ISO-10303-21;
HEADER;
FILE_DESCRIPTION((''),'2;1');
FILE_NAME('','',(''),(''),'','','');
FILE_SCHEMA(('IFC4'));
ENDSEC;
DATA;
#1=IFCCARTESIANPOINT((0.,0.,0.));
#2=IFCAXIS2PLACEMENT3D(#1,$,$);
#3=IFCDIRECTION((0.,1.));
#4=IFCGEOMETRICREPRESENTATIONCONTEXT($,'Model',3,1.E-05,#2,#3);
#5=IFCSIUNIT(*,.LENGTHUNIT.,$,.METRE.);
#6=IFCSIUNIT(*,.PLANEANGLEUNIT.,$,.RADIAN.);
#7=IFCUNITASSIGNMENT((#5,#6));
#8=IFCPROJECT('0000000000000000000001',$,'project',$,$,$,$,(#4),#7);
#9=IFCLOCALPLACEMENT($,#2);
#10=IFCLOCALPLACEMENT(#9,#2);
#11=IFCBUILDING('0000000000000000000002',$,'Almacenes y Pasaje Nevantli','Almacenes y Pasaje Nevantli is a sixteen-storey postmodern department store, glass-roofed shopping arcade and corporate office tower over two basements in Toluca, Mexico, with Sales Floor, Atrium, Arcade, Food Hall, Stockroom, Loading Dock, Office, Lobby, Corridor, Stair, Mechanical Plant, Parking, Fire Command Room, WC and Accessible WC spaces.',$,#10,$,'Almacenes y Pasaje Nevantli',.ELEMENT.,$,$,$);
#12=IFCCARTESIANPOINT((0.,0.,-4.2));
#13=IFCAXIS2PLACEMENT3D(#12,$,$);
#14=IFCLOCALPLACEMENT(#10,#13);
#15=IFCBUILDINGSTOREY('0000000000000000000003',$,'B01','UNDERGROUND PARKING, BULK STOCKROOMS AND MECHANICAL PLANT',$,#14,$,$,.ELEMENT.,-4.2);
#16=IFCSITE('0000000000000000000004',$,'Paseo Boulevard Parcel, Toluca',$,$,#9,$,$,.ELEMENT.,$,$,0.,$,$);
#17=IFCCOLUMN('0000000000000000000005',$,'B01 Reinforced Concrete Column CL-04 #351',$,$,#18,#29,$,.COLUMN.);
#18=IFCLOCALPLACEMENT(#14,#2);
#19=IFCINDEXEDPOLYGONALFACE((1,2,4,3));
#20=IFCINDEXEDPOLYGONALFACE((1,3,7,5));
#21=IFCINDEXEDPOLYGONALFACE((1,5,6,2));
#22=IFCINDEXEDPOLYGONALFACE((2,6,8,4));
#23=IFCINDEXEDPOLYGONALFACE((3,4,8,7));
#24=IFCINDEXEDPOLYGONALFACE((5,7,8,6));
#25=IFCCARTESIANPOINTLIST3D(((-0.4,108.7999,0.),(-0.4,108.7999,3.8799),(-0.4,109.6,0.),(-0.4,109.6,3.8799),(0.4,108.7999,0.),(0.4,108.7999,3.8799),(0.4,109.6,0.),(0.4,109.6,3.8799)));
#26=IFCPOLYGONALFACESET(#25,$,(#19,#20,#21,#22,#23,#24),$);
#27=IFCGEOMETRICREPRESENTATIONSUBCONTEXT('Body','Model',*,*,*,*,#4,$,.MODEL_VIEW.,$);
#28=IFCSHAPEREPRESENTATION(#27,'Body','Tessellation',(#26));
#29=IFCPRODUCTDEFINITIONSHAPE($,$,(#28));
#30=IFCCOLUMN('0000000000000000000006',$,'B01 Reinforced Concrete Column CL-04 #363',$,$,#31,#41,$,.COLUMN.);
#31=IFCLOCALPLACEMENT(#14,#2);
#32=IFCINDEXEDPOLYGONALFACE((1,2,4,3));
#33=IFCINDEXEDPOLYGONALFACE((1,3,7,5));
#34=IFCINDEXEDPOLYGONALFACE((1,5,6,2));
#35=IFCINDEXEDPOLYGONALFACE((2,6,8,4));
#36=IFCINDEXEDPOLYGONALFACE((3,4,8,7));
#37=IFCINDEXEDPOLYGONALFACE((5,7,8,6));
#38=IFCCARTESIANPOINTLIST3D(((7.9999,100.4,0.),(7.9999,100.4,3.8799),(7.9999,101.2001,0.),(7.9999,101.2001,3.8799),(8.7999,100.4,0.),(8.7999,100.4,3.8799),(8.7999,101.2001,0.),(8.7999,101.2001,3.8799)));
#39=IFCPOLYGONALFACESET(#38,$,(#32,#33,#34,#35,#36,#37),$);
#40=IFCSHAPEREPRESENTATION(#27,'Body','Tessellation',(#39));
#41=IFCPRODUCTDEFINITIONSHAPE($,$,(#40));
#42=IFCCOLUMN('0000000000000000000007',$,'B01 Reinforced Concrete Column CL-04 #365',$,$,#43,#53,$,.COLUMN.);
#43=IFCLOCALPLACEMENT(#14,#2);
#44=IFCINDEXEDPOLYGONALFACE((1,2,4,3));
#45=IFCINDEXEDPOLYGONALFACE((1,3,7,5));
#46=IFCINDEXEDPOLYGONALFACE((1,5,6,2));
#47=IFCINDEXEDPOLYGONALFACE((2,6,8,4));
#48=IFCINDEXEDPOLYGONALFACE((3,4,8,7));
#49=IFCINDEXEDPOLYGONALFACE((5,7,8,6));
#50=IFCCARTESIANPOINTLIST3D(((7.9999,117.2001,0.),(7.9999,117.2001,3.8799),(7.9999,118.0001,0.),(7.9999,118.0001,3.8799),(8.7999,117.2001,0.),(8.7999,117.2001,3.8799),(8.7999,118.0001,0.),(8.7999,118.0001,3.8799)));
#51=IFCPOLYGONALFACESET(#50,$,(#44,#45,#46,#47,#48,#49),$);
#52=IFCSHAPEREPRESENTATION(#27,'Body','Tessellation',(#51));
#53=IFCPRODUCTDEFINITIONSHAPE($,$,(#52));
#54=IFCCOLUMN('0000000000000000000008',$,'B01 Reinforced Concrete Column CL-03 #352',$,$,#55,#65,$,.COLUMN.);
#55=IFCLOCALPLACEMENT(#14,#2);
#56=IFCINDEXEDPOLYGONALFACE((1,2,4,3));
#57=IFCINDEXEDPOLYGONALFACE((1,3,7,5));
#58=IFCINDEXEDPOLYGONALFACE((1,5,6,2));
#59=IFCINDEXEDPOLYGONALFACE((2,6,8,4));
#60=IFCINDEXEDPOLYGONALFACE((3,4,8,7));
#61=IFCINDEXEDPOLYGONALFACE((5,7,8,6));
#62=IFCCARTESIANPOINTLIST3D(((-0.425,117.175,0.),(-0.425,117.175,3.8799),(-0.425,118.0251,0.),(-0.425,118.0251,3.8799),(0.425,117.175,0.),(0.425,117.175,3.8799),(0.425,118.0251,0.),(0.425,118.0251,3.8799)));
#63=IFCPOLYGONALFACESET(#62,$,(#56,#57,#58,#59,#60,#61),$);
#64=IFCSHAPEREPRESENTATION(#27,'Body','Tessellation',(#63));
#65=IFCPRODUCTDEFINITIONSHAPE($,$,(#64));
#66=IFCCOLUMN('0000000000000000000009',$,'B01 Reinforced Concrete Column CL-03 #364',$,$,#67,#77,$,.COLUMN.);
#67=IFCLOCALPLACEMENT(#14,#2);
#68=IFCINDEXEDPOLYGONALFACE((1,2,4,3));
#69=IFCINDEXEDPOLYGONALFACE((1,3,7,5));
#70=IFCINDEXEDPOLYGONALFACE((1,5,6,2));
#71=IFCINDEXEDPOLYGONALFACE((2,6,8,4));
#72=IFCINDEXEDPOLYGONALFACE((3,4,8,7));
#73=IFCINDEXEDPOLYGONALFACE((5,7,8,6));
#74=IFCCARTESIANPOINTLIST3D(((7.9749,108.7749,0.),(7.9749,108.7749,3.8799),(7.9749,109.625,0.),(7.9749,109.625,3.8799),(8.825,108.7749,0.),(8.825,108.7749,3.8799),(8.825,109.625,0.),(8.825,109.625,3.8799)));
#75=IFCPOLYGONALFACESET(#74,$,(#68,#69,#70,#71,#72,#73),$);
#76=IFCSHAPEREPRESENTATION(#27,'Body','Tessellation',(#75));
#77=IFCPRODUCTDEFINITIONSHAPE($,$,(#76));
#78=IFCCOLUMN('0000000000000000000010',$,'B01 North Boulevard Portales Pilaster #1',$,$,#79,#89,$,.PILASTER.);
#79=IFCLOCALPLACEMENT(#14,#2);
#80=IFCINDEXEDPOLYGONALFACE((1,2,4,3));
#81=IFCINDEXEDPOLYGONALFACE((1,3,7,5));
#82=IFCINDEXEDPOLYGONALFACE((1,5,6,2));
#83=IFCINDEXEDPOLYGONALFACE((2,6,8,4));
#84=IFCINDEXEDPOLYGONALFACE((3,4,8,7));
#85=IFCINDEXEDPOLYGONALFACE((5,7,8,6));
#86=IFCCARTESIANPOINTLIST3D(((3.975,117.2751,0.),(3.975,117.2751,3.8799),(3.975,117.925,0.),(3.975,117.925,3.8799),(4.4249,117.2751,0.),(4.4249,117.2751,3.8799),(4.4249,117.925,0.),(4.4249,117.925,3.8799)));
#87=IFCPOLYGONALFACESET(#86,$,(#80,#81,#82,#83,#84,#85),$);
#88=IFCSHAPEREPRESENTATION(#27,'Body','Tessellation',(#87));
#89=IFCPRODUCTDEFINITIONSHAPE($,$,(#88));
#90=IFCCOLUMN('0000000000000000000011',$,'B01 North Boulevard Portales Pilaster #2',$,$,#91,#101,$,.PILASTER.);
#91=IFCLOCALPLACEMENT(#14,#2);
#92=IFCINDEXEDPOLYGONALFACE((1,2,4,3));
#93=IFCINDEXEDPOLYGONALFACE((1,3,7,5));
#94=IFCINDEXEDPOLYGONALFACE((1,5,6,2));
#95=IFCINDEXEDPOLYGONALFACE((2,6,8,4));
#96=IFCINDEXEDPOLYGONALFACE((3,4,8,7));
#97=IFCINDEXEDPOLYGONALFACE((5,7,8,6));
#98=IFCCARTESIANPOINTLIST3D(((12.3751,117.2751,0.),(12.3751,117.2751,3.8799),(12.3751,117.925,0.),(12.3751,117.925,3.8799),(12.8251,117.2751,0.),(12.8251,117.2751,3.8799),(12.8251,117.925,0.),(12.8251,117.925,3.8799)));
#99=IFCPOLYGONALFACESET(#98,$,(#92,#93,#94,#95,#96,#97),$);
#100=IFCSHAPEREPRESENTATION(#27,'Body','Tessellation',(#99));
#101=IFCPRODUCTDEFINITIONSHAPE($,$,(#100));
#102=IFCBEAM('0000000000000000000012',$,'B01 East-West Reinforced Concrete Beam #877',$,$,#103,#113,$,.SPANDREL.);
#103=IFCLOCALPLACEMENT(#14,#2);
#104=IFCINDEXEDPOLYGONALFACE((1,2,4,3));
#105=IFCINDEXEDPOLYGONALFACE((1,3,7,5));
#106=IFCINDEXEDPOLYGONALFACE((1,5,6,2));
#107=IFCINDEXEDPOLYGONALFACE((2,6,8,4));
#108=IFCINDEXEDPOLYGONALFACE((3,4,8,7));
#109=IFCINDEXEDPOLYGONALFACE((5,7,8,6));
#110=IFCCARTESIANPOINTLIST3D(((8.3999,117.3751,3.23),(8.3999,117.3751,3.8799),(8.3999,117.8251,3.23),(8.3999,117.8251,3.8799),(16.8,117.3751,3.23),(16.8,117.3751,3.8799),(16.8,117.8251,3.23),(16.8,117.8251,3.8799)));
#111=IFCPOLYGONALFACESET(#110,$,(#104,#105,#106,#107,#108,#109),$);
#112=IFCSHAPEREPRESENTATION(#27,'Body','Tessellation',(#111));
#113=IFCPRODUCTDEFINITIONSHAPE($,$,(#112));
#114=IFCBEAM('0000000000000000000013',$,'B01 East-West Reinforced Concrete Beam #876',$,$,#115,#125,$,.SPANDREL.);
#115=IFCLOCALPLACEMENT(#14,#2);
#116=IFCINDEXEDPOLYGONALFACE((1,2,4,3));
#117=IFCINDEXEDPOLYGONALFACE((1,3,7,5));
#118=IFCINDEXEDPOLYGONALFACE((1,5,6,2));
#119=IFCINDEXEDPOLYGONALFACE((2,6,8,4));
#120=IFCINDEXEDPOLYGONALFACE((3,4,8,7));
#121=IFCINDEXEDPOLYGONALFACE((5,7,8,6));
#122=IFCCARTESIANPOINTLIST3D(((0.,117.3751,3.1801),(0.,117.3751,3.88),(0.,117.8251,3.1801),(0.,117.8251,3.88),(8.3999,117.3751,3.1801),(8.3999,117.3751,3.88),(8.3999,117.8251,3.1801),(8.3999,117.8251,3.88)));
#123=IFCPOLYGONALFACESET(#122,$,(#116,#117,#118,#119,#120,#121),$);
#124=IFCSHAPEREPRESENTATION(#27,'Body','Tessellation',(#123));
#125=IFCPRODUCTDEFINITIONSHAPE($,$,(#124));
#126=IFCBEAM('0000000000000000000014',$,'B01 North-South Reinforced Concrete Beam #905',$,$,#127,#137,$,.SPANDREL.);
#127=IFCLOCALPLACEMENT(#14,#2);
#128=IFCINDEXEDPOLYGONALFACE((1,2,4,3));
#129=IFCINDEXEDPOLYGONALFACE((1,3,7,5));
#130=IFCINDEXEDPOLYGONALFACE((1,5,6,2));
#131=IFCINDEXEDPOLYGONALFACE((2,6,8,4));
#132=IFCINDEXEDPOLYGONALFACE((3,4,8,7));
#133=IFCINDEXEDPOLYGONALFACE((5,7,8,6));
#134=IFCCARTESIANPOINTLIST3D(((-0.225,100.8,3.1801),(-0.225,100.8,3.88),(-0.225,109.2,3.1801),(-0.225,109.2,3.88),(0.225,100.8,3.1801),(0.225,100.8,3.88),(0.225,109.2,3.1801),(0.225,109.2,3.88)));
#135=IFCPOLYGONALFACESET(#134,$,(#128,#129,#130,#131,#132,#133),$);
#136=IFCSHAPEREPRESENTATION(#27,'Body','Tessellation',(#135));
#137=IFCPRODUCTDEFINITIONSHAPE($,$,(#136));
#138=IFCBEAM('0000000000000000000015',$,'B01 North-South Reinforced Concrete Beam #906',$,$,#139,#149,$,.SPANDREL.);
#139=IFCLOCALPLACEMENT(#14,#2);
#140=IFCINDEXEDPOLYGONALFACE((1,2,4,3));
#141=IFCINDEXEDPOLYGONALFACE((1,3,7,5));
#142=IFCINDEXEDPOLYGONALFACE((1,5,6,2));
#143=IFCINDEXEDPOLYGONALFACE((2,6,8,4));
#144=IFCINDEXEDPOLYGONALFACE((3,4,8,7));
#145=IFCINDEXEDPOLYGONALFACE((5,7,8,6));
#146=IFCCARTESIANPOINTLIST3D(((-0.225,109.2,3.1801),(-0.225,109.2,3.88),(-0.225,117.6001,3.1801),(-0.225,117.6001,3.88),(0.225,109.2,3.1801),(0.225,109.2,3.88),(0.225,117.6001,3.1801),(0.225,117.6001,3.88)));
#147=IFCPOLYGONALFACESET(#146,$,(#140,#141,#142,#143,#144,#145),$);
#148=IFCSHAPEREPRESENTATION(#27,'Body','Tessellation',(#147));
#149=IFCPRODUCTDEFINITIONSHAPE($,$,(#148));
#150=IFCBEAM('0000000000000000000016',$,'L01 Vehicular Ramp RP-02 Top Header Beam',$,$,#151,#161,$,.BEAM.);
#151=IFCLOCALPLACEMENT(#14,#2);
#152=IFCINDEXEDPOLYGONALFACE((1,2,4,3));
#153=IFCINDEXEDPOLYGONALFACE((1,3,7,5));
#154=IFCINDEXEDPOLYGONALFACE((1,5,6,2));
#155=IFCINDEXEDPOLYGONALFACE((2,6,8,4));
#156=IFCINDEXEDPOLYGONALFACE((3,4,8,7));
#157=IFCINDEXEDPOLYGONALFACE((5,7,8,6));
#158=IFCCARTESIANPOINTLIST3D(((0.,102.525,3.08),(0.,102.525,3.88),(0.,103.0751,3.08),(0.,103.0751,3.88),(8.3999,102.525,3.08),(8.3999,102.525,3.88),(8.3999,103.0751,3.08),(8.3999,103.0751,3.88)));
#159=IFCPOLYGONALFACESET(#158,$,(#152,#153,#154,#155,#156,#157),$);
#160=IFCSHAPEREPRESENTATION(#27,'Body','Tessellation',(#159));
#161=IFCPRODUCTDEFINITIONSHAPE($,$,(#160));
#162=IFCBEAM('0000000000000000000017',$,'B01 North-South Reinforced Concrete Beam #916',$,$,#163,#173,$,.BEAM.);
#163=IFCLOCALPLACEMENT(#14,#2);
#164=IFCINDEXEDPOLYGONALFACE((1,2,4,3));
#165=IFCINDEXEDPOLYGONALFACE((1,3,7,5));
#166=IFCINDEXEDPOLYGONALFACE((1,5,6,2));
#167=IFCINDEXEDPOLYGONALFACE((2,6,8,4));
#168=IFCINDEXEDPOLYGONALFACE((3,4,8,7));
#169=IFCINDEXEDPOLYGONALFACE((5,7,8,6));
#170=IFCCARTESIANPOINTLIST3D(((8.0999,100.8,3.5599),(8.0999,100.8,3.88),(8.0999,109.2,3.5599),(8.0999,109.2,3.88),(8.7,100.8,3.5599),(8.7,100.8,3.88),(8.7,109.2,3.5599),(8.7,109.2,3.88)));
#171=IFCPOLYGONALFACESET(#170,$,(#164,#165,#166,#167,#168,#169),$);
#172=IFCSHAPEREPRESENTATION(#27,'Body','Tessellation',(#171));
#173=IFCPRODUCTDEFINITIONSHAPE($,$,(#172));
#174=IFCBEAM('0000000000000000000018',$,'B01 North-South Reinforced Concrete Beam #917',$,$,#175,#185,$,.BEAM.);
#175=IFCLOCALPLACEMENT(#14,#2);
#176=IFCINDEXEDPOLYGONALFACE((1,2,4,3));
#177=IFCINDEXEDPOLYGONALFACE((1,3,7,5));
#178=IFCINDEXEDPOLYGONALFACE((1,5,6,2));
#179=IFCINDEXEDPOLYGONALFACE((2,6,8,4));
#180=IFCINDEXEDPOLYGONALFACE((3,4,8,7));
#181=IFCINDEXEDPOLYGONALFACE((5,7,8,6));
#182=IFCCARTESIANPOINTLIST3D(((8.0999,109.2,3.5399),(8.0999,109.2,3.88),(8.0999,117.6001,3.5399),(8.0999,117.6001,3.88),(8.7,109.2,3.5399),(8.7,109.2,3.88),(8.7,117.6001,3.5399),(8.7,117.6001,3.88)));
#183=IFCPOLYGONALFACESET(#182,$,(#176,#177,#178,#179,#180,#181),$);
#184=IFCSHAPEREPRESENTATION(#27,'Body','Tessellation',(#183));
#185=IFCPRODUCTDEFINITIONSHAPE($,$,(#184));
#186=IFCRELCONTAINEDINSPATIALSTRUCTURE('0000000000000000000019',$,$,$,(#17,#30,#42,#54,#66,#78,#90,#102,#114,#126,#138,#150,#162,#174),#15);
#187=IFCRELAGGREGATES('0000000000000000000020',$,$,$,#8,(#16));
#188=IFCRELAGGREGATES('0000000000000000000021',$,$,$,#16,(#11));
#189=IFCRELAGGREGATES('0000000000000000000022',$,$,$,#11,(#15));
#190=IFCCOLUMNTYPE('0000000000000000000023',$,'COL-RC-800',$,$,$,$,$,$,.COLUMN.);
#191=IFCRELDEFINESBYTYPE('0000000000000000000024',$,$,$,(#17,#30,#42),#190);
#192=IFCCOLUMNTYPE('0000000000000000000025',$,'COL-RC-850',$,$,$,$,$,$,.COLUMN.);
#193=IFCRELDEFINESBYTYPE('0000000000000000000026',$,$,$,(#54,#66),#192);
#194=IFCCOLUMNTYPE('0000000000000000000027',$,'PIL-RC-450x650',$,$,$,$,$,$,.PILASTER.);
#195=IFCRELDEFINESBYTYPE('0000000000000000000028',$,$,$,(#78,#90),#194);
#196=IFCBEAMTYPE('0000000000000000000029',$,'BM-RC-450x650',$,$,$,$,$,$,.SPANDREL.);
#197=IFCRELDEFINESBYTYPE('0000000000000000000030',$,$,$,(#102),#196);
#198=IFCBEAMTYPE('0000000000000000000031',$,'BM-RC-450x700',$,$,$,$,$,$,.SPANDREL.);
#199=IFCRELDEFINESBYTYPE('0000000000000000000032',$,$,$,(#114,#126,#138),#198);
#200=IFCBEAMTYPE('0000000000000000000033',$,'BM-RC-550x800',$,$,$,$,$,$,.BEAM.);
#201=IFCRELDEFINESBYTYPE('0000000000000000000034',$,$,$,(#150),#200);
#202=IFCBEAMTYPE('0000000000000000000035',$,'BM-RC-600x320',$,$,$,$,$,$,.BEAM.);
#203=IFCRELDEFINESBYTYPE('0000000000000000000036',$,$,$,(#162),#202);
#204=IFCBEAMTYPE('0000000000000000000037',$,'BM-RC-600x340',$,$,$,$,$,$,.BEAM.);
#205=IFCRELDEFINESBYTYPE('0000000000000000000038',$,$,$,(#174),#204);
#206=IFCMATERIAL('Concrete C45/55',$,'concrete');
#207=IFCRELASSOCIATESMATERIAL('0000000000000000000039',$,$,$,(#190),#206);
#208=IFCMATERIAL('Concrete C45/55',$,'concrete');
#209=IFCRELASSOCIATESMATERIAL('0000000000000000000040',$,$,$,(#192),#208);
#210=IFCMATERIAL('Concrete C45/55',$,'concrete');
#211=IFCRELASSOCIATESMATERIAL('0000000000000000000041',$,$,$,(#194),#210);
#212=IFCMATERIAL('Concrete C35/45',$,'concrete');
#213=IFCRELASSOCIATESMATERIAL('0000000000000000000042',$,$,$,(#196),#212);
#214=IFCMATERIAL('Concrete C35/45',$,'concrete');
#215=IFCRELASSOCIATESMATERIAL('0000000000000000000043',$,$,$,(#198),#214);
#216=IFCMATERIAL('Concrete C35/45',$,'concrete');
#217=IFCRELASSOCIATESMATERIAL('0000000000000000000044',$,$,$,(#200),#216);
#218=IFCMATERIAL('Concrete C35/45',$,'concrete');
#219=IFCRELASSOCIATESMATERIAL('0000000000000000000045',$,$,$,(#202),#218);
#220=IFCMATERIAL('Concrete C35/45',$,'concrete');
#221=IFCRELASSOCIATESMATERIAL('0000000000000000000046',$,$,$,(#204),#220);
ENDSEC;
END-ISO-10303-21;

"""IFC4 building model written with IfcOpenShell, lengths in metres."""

from ifc_helpers import new_model, si_unit, direction, frame, origin, origin_2d, place, context, subcontext, project, spatial, rectangle, extrude, material, material_profile, profile_set, type_object, element, save


model = new_model("IFC4")

# Units and contexts
model_context = context("Model", 3, precision=1e-05, world=origin(), true_north=direction((0.0, 1.0)))
body_context = subcontext(model_context, "Body", "Model", "MODEL_VIEW")
ifc_project = project(units=[si_unit("LENGTHUNIT", "METRE"), si_unit("PLANEANGLEUNIT", "RADIAN")], contexts=[model_context])

# Site, building, storey
site_placement = place(None, origin())
site = spatial("IfcSite", under=ifc_project, at=site_placement, Name="Paseo Boulevard Parcel, Toluca", CompositionType="ELEMENT", RefElevation=0.0)
building_placement = place(site_placement, origin())
building = spatial("IfcBuilding", under=site, at=building_placement, Name="Almacenes y Pasaje Nevantli", Description="Almacenes y Pasaje Nevantli is a sixteen-storey postmodern department store, glass-roofed shopping arcade and corporate office tower over two basements in Toluca, Mexico, with Sales Floor, Atrium, Arcade, Food Hall, Stockroom, Loading Dock, Office, Lobby, Corridor, Stair, Mechanical Plant, Parking, Fire Command Room, WC and Accessible WC spaces.", LongName="Almacenes y Pasaje Nevantli", CompositionType="ELEMENT")
storey_placement = place(building_placement, frame((0.0, 0.0, -4.2)))
storey = spatial("IfcBuildingStorey", under=building, at=storey_placement, Name="B01", Description="UNDERGROUND PARKING, BULK STOCKROOMS AND MECHANICAL PLANT", CompositionType="ELEMENT", Elevation=-4.2)

# Columns
ifc_material_1 = material(Name="Concrete C45/55", Category="concrete")
ifc_material_profile_1 = material_profile(ifc_material_1, rectangle(XDim=0.8, YDim=0.8, at=origin_2d()), Name="RC-COL-800x800")
ifc_profile_set_1 = profile_set([ifc_material_profile_1], Name="Concrete C45/55")
column_type_1 = type_object("IfcColumnType", Name="COL-RC-800", PredefinedType="COLUMN", material=ifc_profile_set_1)
for number, where, z_axis, x_axis, name in (
    (1, (0.0, 109.2, 0.0), (0.0, 0.0, 1.0), (1.0, 0.0, 0.0), "B01 Reinforced Concrete Column CL-04 #351"),
    (2, (8.3999, 100.8, 0.0), (0.0, 0.0, 1.0), (1.0, 0.0, 0.0), "B01 Reinforced Concrete Column CL-04 #363"),
    (3, (8.3999, 117.6001, 0.0), (0.0, 0.0, 1.0), (1.0, 0.0, 0.0), "B01 Reinforced Concrete Column CL-04 #365"),
):
    element("IfcColumn", number, at=place(storey_placement, frame(where, z_axis=z_axis, x_axis=x_axis)), inside=storey, type_object=column_type_1, Name=name, PredefinedType="COLUMN", context=body_context, shape_type="SweptSolid", body=[
        extrude(rectangle(XDim=0.8, YDim=0.8, at=origin_2d()), origin(), (0.0, 0.0, 1.0), 3.8799),
    ])
ifc_material_2 = material(Name="Concrete C45/55", Category="concrete")
ifc_material_profile_2 = material_profile(ifc_material_2, rectangle(XDim=0.8501, YDim=0.8501, at=origin_2d()), Name="RC-COL-850x850")
ifc_profile_set_2 = profile_set([ifc_material_profile_2], Name="Concrete C45/55")
column_type_2 = type_object("IfcColumnType", Name="COL-RC-850", PredefinedType="COLUMN", material=ifc_profile_set_2)
for number, where, z_axis, x_axis, name in (
    (4, (0.0, 117.6001, 0.0), (0.0, 0.0, 1.0), (1.0, 0.0, 0.0), "B01 Reinforced Concrete Column CL-03 #352"),
    (5, (8.3999, 109.2, 0.0), (0.0, 0.0, 1.0), (1.0, 0.0, 0.0), "B01 Reinforced Concrete Column CL-03 #364"),
):
    element("IfcColumn", number, at=place(storey_placement, frame(where, z_axis=z_axis, x_axis=x_axis)), inside=storey, type_object=column_type_2, Name=name, PredefinedType="COLUMN", context=body_context, shape_type="SweptSolid", body=[
        extrude(rectangle(XDim=0.8501, YDim=0.8501, at=origin_2d()), origin(), (0.0, 0.0, 1.0), 3.8799),
    ])
ifc_material_3 = material(Name="Concrete C45/55", Category="concrete")
ifc_material_profile_3 = material_profile(ifc_material_3, rectangle(XDim=0.45, YDim=0.6499, at=origin_2d()), Name="RC-PIL-450x650")
ifc_profile_set_3 = profile_set([ifc_material_profile_3], Name="Concrete C45/55")
column_type_3 = type_object("IfcColumnType", Name="PIL-RC-450x650", PredefinedType="PILASTER", material=ifc_profile_set_3)
for number, where, z_axis, x_axis, name in (
    (6, (4.2, 117.6001, 0.0), (0.0, 0.0, 1.0), (1.0, 0.0, 0.0), "B01 North Boulevard Portales Pilaster #1"),
    (7, (12.6001, 117.6001, 0.0), (0.0, 0.0, 1.0), (1.0, 0.0, 0.0), "B01 North Boulevard Portales Pilaster #2"),
):
    element("IfcColumn", number, at=place(storey_placement, frame(where, z_axis=z_axis, x_axis=x_axis)), inside=storey, type_object=column_type_3, Name=name, PredefinedType="PILASTER", context=body_context, shape_type="SweptSolid", body=[
        extrude(rectangle(XDim=0.45, YDim=0.6499, at=origin_2d()), origin(), (0.0, 0.0, 1.0), 3.8799),
    ])

# Beams
ifc_material_4 = material(Name="Concrete C35/45", Category="concrete")
ifc_material_profile_4 = material_profile(ifc_material_4, rectangle(XDim=0.45, YDim=0.6499, at=origin_2d()), Name="RC-BM-450x650")
ifc_profile_set_4 = profile_set([ifc_material_profile_4], Name="Concrete C35/45")
beam_type_1 = type_object("IfcBeamType", Name="BM-RC-450x650", PredefinedType="SPANDREL", material=ifc_profile_set_4)
beam_1_placement = place(storey_placement, frame((8.3999, 117.6001, 3.5549), z_axis=(1.0, 0.0, 0.0), x_axis=(0.0, 1.0, 0.0)))
element("IfcBeam", 8, at=beam_1_placement, inside=storey, type_object=beam_type_1, Name="B01 East-West Reinforced Concrete Beam #877", PredefinedType="SPANDREL", context=body_context, shape_type="SweptSolid", body=[
    extrude(rectangle(XDim=0.45, YDim=0.6499, at=origin_2d()), origin(), (0.0, 0.0, 1.0), 8.4001),
])
ifc_material_5 = material(Name="Concrete C35/45", Category="concrete")
ifc_material_profile_5 = material_profile(ifc_material_5, rectangle(XDim=0.45, YDim=0.7, at=origin_2d()), Name="RC-BM-450x700")
ifc_profile_set_5 = profile_set([ifc_material_profile_5], Name="Concrete C35/45")
beam_type_2 = type_object("IfcBeamType", Name="BM-RC-450x700", PredefinedType="SPANDREL", material=ifc_profile_set_5)
for number, where, z_axis, x_axis, name in (
    (9, (0.0, 117.6001, 3.53), (1.0, 0.0, 0.0), (0.0, 1.0, 0.0), "B01 East-West Reinforced Concrete Beam #876"),
    (10, (0.0, 100.8, 3.53), (0.0, 1.0, 0.0), (-1.0, 0.0, 0.0), "B01 North-South Reinforced Concrete Beam #905"),
):
    element("IfcBeam", number, at=place(storey_placement, frame(where, z_axis=z_axis, x_axis=x_axis)), inside=storey, type_object=beam_type_2, Name=name, PredefinedType="SPANDREL", context=body_context, shape_type="SweptSolid", body=[
        extrude(rectangle(XDim=0.45, YDim=0.7, at=origin_2d()), origin(), (0.0, 0.0, 1.0), 8.3999),
    ])
beam_2_placement = place(storey_placement, frame((0.0, 109.2, 3.53), z_axis=(0.0, 1.0, 0.0), x_axis=(-1.0, 0.0, 0.0)))
element("IfcBeam", 11, at=beam_2_placement, inside=storey, type_object=beam_type_2, Name="B01 North-South Reinforced Concrete Beam #906", PredefinedType="SPANDREL", context=body_context, shape_type="SweptSolid", body=[
    extrude(rectangle(XDim=0.45, YDim=0.7, at=origin_2d()), origin(), (0.0, 0.0, 1.0), 8.4001),
])
ifc_material_6 = material(Name="Concrete C35/45", Category="concrete")
ifc_material_profile_6 = material_profile(ifc_material_6, rectangle(XDim=0.55, YDim=0.8, at=origin_2d()), Name="RC-BM-550x800")
ifc_profile_set_6 = profile_set([ifc_material_profile_6], Name="Concrete C35/45")
beam_type_3 = type_object("IfcBeamType", Name="BM-RC-550x800", PredefinedType="BEAM", material=ifc_profile_set_6)
beam_3_placement = place(storey_placement, frame((0.0, 102.8, 3.48), z_axis=(1.0, 0.0, 0.0), x_axis=(0.0, 1.0, 0.0)))
element("IfcBeam", 12, at=beam_3_placement, inside=storey, type_object=beam_type_3, Name="L01 Vehicular Ramp RP-02 Top Header Beam", PredefinedType="BEAM", context=body_context, shape_type="SweptSolid", body=[
    extrude(rectangle(XDim=0.55, YDim=0.8, at=origin_2d()), origin(), (0.0, 0.0, 1.0), 8.3999),
])
ifc_material_7 = material(Name="Concrete C35/45", Category="concrete")
ifc_material_profile_7 = material_profile(ifc_material_7, rectangle(XDim=0.6001, YDim=0.3201, at=origin_2d()), Name="RC-BM-600x320")
ifc_profile_set_7 = profile_set([ifc_material_profile_7], Name="Concrete C35/45")
beam_type_4 = type_object("IfcBeamType", Name="BM-RC-600x320", PredefinedType="BEAM", material=ifc_profile_set_7)
beam_4_placement = place(storey_placement, frame((8.3999, 100.8, 3.72), z_axis=(0.0, 1.0, 0.0), x_axis=(-1.0, 0.0, 0.0)))
element("IfcBeam", 13, at=beam_4_placement, inside=storey, type_object=beam_type_4, Name="B01 North-South Reinforced Concrete Beam #916", PredefinedType="BEAM", context=body_context, shape_type="SweptSolid", body=[
    extrude(rectangle(XDim=0.6001, YDim=0.3201, at=origin_2d()), origin(), (0.0, 0.0, 1.0), 8.3999),
])
ifc_material_8 = material(Name="Concrete C35/45", Category="concrete")
ifc_material_profile_8 = material_profile(ifc_material_8, rectangle(XDim=0.6001, YDim=0.3401, at=origin_2d()), Name="RC-BM-600x340")
ifc_profile_set_8 = profile_set([ifc_material_profile_8], Name="Concrete C35/45")
beam_type_5 = type_object("IfcBeamType", Name="BM-RC-600x340", PredefinedType="BEAM", material=ifc_profile_set_8)
beam_5_placement = place(storey_placement, frame((8.3999, 109.2, 3.71), z_axis=(0.0, 1.0, 0.0), x_axis=(-1.0, 0.0, 0.0)))
element("IfcBeam", 14, at=beam_5_placement, inside=storey, type_object=beam_type_5, Name="B01 North-South Reinforced Concrete Beam #917", PredefinedType="BEAM", context=body_context, shape_type="SweptSolid", body=[
    extrude(rectangle(XDim=0.6001, YDim=0.3401, at=origin_2d()), origin(), (0.0, 0.0, 1.0), 8.4001),
])

save(model, "model.ifc")
